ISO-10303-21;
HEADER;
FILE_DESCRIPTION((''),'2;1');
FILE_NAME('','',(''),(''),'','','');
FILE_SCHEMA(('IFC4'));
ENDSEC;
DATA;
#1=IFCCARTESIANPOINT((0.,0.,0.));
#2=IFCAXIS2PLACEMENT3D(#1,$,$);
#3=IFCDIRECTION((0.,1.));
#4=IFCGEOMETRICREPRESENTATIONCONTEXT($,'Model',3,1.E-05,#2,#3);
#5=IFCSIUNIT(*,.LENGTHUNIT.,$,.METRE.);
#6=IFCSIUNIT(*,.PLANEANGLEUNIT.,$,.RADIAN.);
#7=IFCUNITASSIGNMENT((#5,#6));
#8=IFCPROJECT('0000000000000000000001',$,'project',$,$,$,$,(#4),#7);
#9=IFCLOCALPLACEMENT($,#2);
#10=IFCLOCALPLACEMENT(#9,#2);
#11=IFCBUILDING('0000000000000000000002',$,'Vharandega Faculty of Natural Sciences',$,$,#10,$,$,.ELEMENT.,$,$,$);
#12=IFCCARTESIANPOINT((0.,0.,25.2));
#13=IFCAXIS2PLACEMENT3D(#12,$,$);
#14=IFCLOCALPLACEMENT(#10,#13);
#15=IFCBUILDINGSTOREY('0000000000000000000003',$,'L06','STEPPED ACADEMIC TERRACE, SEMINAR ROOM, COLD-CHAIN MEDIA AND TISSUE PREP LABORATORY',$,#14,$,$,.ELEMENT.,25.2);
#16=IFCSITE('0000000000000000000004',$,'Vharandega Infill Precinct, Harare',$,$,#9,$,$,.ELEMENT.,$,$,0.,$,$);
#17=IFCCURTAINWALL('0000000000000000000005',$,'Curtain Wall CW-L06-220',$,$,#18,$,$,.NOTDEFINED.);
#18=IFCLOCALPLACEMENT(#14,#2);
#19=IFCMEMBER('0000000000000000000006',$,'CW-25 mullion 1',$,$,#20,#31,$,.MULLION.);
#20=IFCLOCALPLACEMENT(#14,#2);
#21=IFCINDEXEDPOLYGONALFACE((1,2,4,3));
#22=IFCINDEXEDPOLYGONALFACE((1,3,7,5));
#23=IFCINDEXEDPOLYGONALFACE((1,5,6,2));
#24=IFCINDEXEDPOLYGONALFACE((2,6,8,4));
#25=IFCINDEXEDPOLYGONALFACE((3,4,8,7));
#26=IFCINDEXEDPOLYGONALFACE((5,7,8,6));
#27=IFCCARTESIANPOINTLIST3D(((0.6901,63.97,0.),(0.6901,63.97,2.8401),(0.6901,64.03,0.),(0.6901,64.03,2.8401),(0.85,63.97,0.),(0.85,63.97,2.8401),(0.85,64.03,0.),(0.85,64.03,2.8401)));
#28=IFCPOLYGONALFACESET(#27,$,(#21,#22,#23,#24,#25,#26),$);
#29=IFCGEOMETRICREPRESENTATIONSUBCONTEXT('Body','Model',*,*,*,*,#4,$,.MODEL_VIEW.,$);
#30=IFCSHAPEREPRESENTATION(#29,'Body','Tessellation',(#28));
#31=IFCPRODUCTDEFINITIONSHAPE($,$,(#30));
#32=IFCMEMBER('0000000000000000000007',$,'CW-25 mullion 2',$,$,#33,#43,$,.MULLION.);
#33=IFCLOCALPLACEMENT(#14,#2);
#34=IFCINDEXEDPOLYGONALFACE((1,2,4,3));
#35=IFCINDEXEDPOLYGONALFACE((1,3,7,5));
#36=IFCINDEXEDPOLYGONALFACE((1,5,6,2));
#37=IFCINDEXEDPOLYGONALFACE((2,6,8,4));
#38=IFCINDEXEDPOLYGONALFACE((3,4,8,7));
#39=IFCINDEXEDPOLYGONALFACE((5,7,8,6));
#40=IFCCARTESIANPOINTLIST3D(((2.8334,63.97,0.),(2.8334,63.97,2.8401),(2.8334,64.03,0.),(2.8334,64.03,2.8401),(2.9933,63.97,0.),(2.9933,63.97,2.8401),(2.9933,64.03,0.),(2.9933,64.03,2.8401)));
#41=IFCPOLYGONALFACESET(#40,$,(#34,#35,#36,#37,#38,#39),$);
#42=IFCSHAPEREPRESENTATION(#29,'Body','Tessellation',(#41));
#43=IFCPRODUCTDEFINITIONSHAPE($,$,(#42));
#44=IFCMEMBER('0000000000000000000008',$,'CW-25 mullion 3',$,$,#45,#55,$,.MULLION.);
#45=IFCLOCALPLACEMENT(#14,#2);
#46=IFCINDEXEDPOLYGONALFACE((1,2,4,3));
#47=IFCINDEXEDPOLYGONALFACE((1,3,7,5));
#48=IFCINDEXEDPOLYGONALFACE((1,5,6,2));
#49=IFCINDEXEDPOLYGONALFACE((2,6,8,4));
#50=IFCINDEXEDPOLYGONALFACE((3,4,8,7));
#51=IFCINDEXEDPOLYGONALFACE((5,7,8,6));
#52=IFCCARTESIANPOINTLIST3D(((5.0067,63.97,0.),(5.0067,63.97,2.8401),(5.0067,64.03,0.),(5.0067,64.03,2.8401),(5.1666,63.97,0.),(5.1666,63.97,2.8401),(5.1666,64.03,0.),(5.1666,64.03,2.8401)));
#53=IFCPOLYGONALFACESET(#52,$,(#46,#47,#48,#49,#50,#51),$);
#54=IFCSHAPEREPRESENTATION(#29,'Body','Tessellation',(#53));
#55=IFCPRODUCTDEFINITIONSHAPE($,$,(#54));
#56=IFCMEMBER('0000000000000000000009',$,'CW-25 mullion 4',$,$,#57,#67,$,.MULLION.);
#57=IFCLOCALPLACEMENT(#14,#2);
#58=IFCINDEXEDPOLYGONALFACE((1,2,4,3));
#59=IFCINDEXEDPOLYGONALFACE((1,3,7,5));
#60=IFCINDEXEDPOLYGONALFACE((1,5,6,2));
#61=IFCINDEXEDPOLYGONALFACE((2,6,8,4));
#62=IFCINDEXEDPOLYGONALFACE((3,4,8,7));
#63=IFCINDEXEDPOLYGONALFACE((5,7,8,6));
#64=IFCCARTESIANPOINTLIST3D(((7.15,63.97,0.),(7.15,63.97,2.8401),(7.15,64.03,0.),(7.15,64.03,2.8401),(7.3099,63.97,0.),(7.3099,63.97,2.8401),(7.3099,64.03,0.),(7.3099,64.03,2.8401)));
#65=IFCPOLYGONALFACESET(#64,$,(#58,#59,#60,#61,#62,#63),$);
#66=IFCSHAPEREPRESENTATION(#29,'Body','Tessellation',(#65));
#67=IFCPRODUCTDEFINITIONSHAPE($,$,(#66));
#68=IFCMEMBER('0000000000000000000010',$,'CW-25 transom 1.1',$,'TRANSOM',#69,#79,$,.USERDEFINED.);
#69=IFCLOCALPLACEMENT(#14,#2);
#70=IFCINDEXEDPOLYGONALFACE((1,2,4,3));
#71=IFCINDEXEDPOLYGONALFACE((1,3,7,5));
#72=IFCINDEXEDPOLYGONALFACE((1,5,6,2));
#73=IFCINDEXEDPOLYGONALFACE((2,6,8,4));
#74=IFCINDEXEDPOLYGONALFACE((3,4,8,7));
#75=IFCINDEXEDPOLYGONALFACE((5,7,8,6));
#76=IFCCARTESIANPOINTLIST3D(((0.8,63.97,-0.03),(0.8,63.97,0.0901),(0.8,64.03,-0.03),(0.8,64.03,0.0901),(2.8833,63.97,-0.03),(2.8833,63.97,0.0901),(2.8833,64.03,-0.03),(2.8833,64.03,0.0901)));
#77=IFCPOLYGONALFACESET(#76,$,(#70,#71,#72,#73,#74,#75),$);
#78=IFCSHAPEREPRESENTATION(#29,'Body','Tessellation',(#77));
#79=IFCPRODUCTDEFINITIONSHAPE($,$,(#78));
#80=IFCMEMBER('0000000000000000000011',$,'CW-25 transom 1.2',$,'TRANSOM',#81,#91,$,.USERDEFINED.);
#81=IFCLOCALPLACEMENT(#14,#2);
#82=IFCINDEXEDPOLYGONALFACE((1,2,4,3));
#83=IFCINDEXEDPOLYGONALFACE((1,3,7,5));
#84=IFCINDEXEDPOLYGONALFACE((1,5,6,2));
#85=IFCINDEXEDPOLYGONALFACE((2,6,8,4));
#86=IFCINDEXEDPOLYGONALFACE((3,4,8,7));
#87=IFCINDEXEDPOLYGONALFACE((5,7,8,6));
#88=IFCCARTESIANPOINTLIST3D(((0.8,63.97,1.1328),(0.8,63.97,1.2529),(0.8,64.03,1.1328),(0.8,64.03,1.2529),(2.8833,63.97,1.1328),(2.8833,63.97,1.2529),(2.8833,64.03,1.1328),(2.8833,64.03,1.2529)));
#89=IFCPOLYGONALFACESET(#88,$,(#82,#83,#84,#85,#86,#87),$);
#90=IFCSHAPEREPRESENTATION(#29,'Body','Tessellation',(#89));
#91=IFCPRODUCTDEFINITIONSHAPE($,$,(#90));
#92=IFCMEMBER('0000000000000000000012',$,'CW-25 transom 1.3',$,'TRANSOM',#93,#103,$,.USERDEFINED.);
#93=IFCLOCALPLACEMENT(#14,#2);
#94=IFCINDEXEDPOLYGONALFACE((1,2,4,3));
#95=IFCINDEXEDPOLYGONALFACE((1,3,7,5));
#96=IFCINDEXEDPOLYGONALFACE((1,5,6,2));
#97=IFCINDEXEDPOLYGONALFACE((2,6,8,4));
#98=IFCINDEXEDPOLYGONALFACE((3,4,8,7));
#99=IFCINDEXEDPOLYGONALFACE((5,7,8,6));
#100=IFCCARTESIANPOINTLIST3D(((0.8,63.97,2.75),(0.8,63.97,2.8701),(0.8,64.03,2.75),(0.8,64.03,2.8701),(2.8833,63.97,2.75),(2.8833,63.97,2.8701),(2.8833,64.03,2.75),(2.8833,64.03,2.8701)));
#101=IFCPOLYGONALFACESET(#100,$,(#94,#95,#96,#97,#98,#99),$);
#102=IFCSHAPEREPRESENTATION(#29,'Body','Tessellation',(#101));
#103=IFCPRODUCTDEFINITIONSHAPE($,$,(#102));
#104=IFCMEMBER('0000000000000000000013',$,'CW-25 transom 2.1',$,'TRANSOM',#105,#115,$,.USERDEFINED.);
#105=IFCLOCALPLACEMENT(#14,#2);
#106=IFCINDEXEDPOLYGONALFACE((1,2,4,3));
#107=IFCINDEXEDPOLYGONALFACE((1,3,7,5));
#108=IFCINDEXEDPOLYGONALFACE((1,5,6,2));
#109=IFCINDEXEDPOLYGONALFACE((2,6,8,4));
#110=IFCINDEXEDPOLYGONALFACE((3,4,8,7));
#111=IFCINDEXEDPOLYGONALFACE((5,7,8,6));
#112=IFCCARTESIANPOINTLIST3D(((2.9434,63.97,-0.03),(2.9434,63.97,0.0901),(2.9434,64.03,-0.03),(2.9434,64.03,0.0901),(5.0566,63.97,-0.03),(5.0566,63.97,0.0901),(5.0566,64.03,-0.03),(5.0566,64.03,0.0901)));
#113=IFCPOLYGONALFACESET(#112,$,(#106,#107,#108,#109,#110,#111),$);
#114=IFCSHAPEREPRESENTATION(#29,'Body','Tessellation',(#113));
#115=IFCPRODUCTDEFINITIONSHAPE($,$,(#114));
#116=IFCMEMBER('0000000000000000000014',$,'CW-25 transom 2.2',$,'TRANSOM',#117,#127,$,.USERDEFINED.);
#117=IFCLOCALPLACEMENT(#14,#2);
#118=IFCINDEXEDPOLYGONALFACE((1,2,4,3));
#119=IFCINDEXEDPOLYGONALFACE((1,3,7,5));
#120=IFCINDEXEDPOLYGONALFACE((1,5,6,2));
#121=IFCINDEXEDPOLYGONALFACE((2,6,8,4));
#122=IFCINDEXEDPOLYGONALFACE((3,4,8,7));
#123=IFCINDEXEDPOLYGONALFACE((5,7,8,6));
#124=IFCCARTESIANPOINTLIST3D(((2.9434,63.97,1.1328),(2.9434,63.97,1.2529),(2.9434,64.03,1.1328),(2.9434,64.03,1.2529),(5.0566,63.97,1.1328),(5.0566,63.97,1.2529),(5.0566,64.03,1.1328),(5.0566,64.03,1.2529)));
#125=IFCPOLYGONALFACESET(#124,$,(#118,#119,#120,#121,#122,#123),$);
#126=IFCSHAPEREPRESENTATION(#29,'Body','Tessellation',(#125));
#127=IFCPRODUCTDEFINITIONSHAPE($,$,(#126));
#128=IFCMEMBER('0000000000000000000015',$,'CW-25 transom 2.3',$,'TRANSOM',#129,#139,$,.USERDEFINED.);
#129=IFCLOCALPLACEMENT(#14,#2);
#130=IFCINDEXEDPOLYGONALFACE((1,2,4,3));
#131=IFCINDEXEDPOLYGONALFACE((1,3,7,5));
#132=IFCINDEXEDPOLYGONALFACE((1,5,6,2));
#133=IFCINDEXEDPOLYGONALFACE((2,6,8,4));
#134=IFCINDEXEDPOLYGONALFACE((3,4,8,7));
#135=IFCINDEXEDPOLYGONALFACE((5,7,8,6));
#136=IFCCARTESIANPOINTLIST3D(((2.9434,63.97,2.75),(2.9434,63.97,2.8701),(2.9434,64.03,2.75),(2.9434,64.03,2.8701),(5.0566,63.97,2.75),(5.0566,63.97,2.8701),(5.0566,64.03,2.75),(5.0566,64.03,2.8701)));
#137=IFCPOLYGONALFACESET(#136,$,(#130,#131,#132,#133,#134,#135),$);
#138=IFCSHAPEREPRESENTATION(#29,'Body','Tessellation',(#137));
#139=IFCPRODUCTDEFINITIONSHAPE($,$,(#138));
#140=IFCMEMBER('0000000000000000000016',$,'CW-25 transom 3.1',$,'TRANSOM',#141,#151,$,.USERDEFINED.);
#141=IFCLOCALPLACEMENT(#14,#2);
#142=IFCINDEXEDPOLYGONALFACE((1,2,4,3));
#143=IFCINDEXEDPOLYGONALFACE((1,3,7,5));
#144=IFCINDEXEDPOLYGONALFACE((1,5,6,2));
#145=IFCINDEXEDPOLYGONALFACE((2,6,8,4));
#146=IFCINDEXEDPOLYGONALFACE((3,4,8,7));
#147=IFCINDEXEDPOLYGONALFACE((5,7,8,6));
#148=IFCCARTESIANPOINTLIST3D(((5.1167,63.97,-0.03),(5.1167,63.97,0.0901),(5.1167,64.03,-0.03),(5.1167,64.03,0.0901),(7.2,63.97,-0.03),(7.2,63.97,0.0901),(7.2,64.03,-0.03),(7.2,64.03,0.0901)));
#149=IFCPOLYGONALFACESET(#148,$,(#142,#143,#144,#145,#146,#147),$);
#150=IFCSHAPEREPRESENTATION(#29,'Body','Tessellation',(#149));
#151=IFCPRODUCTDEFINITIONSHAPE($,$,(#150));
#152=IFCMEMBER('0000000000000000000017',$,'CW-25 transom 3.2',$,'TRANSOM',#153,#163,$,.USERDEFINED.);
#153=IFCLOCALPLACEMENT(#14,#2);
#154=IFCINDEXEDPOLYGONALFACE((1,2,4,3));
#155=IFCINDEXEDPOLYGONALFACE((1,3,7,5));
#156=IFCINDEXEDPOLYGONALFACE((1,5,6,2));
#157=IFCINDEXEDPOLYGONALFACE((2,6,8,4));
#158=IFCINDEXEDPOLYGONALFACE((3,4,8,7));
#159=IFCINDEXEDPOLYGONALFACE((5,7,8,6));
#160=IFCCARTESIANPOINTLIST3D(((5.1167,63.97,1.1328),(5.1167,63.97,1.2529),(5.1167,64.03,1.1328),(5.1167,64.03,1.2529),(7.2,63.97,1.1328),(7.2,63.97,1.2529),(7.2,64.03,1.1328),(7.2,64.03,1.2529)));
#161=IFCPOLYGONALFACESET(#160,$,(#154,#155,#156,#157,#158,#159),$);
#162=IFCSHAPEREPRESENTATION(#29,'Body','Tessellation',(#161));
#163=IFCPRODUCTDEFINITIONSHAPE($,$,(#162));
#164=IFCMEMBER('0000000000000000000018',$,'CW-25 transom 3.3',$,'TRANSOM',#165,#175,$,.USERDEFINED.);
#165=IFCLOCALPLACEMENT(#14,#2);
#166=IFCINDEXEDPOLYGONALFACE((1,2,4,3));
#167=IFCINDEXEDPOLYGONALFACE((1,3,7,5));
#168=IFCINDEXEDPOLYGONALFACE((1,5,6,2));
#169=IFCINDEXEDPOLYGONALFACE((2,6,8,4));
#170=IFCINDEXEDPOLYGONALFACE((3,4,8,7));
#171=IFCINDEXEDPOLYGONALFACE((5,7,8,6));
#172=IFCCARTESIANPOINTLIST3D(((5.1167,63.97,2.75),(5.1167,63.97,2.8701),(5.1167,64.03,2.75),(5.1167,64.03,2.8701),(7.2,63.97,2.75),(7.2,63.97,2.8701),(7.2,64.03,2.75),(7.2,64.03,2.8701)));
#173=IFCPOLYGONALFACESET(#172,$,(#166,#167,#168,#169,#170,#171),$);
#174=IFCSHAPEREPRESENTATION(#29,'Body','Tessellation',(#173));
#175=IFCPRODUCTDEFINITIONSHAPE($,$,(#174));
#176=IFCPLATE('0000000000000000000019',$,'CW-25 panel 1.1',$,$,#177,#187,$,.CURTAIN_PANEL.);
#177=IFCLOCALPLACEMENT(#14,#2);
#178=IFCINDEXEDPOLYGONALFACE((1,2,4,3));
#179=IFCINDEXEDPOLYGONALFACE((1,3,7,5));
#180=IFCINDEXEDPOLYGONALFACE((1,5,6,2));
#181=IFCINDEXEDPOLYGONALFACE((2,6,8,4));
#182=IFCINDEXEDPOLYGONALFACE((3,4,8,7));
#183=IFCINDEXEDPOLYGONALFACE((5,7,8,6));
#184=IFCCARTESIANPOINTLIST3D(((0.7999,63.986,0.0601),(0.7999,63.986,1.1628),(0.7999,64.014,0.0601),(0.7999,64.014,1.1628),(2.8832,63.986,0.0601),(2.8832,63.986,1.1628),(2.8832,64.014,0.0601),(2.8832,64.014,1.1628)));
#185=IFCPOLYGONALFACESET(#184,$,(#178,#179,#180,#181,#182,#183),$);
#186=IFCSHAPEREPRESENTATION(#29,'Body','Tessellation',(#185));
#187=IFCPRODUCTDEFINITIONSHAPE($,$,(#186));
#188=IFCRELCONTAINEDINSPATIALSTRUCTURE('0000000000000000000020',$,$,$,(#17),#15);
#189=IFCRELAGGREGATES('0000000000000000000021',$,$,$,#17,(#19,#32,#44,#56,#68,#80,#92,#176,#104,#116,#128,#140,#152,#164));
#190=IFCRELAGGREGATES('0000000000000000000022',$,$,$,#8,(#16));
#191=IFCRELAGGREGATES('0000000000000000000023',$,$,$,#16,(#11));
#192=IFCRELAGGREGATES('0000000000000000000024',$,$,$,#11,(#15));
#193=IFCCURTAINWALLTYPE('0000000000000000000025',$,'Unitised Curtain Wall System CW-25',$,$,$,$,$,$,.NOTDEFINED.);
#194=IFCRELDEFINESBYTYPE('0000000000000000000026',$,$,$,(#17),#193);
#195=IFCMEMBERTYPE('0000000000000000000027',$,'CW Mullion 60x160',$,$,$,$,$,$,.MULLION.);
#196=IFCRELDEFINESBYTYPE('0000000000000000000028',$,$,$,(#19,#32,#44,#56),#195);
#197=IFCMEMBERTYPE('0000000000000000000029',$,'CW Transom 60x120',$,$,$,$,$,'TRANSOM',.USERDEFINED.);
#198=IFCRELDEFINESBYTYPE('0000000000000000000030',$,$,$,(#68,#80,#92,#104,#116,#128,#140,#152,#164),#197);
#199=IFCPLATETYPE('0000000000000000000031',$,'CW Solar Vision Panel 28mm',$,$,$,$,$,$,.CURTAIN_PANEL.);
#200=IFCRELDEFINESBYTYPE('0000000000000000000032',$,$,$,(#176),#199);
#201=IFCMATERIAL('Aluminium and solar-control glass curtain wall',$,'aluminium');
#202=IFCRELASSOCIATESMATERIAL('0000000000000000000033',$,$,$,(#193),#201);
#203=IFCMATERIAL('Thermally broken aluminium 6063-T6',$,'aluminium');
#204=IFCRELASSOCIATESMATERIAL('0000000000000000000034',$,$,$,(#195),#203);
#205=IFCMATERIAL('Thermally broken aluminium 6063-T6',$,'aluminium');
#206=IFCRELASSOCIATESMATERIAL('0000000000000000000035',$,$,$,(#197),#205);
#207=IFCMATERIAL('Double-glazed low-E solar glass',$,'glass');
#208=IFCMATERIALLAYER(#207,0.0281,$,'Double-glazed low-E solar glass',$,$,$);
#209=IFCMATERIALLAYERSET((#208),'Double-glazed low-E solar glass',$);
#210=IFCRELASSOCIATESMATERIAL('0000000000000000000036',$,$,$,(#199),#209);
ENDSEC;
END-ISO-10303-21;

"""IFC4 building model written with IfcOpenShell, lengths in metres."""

from ifc_helpers import new_model, si_unit, direction, frame, origin, origin_2d, place, context, subcontext, project, spatial, rectangle, extrude, material, layer, layer_set, material_profile, profile_set, type_object, element, aggregate, save


model = new_model("IFC4")

# Units and contexts
model_context = context("Model", 3, precision=1e-05, world=origin(), true_north=direction((0.0, 1.0)))
body_context = subcontext(model_context, "Body", "Model", "MODEL_VIEW")
ifc_project = project(units=[si_unit("LENGTHUNIT", "METRE"), si_unit("PLANEANGLEUNIT", "RADIAN")], contexts=[model_context])

# Site, building, storey
site_placement = place(None, origin())
site = spatial("IfcSite", under=ifc_project, at=site_placement, Name="Vharandega Infill Precinct, Harare", CompositionType="ELEMENT", RefElevation=0.0)
building_placement = place(site_placement, origin())
building = spatial("IfcBuilding", under=site, at=building_placement, Name="Vharandega Faculty of Natural Sciences", CompositionType="ELEMENT")
storey_placement = place(building_placement, frame((0.0, 0.0, 25.2)))
storey = spatial("IfcBuildingStorey", under=building, at=storey_placement, Name="L06", Description="STEPPED ACADEMIC TERRACE, SEMINAR ROOM, COLD-CHAIN MEDIA AND TISSUE PREP LABORATORY", CompositionType="ELEMENT", Elevation=25.2)

# Curtain wall, members, plate
ifc_material_1 = material(Name="Aluminium and solar-control glass curtain wall", Category="aluminium")
curtain_wall_type = type_object("IfcCurtainWallType", Name="Unitised Curtain Wall System CW-25", PredefinedType="NOTDEFINED", material=ifc_material_1)
curtain_wall_placement = place(storey_placement, origin())
curtain_wall = element("IfcCurtainWall", 1, at=curtain_wall_placement, inside=storey, type_object=curtain_wall_type, Name="Curtain Wall CW-L06-220", PredefinedType="NOTDEFINED")
ifc_material_2 = material(Name="Thermally broken aluminium 6063-T6", Category="aluminium")
ifc_material_profile_1 = material_profile(ifc_material_2, rectangle(XDim=0.0601, YDim=0.1599, at=origin_2d()), Name="ALU 60x160")
ifc_profile_set_1 = profile_set([ifc_material_profile_1], Name="Thermally broken aluminium 6063-T6")
member_type_1 = type_object("IfcMemberType", Name="CW Mullion 60x160", PredefinedType="MULLION", material=ifc_profile_set_1)
member_1_placement = place(storey_placement, frame((0.77, 64.0, 0.0), z_axis=(0.0, 0.0, 1.0), x_axis=(0.0, 1.0, 0.0)))
member_1 = element("IfcMember", 2, at=member_1_placement, type_object=member_type_1, Name="CW-25 mullion 1", PredefinedType="MULLION", context=body_context, shape_type="SweptSolid", body=[
    extrude(rectangle(XDim=0.0601, YDim=0.1599, at=origin_2d()), origin(), (0.0, 0.0, 1.0), 2.8401),
])
member_2_placement = place(storey_placement, frame((2.9133, 64.0, 0.0), z_axis=(0.0, 0.0, 1.0), x_axis=(0.0, 1.0, 0.0)))
member_2 = element("IfcMember", 3, at=member_2_placement, type_object=member_type_1, Name="CW-25 mullion 2", PredefinedType="MULLION", context=body_context, shape_type="SweptSolid", body=[
    extrude(rectangle(XDim=0.0601, YDim=0.1599, at=origin_2d()), origin(), (0.0, 0.0, 1.0), 2.8401),
])
member_3_placement = place(storey_placement, frame((5.0867, 64.0, 0.0), z_axis=(0.0, 0.0, 1.0), x_axis=(0.0, 1.0, 0.0)))
member_3 = element("IfcMember", 4, at=member_3_placement, type_object=member_type_1, Name="CW-25 mullion 3", PredefinedType="MULLION", context=body_context, shape_type="SweptSolid", body=[
    extrude(rectangle(XDim=0.0601, YDim=0.1599, at=origin_2d()), origin(), (0.0, 0.0, 1.0), 2.8401),
])
member_4_placement = place(storey_placement, frame((7.23, 64.0, 0.0), z_axis=(0.0, 0.0, 1.0), x_axis=(0.0, 1.0, 0.0)))
member_4 = element("IfcMember", 5, at=member_4_placement, type_object=member_type_1, Name="CW-25 mullion 4", PredefinedType="MULLION", context=body_context, shape_type="SweptSolid", body=[
    extrude(rectangle(XDim=0.0601, YDim=0.1599, at=origin_2d()), origin(), (0.0, 0.0, 1.0), 2.8401),
])
ifc_material_3 = material(Name="Thermally broken aluminium 6063-T6", Category="aluminium")
ifc_material_profile_2 = material_profile(ifc_material_3, rectangle(XDim=0.0601, YDim=0.1201, at=origin_2d()), Name="ALU 60x120")
ifc_profile_set_2 = profile_set([ifc_material_profile_2], Name="Thermally broken aluminium 6063-T6")
member_type_2 = type_object("IfcMemberType", Name="CW Transom 60x120", ElementType="TRANSOM", PredefinedType="USERDEFINED", material=ifc_profile_set_2)
member_5_placement = place(storey_placement, frame((0.8, 64.0, 0.03), z_axis=(1.0, 0.0, 0.0), x_axis=(0.0, 1.0, 0.0)))
member_5 = element("IfcMember", 6, at=member_5_placement, type_object=member_type_2, Name="CW-25 transom 1.1", ObjectType="TRANSOM", PredefinedType="USERDEFINED", context=body_context, shape_type="SweptSolid", body=[
    extrude(rectangle(XDim=0.0601, YDim=0.1201, at=origin_2d()), origin(), (0.0, 0.0, 1.0), 2.0833),
])
member_6_placement = place(storey_placement, frame((0.8, 64.0, 1.1929), z_axis=(1.0, 0.0, 0.0), x_axis=(0.0, 1.0, 0.0)))
member_6 = element("IfcMember", 7, at=member_6_placement, type_object=member_type_2, Name="CW-25 transom 1.2", ObjectType="TRANSOM", PredefinedType="USERDEFINED", context=body_context, shape_type="SweptSolid", body=[
    extrude(rectangle(XDim=0.0601, YDim=0.1201, at=origin_2d()), origin(), (0.0, 0.0, 1.0), 2.0833),
])
member_7_placement = place(storey_placement, frame((0.8, 64.0, 2.8101), z_axis=(1.0, 0.0, 0.0), x_axis=(0.0, 1.0, 0.0)))
member_7 = element("IfcMember", 8, at=member_7_placement, type_object=member_type_2, Name="CW-25 transom 1.3", ObjectType="TRANSOM", PredefinedType="USERDEFINED", context=body_context, shape_type="SweptSolid", body=[
    extrude(rectangle(XDim=0.0601, YDim=0.1201, at=origin_2d()), origin(), (0.0, 0.0, 1.0), 2.0833),
])
member_8_placement = place(storey_placement, frame((2.9434, 64.0, 0.03), z_axis=(1.0, 0.0, 0.0), x_axis=(0.0, 1.0, 0.0)))
member_8 = element("IfcMember", 9, at=member_8_placement, type_object=member_type_2, Name="CW-25 transom 2.1", ObjectType="TRANSOM", PredefinedType="USERDEFINED", context=body_context, shape_type="SweptSolid", body=[
    extrude(rectangle(XDim=0.0601, YDim=0.1201, at=origin_2d()), origin(), (0.0, 0.0, 1.0), 2.1133),
])
member_9_placement = place(storey_placement, frame((2.9434, 64.0, 1.1929), z_axis=(1.0, 0.0, 0.0), x_axis=(0.0, 1.0, 0.0)))
member_9 = element("IfcMember", 10, at=member_9_placement, type_object=member_type_2, Name="CW-25 transom 2.2", ObjectType="TRANSOM", PredefinedType="USERDEFINED", context=body_context, shape_type="SweptSolid", body=[
    extrude(rectangle(XDim=0.0601, YDim=0.1201, at=origin_2d()), origin(), (0.0, 0.0, 1.0), 2.1133),
])
member_10_placement = place(storey_placement, frame((2.9434, 64.0, 2.8101), z_axis=(1.0, 0.0, 0.0), x_axis=(0.0, 1.0, 0.0)))
member_10 = element("IfcMember", 11, at=member_10_placement, type_object=member_type_2, Name="CW-25 transom 2.3", ObjectType="TRANSOM", PredefinedType="USERDEFINED", context=body_context, shape_type="SweptSolid", body=[
    extrude(rectangle(XDim=0.0601, YDim=0.1201, at=origin_2d()), origin(), (0.0, 0.0, 1.0), 2.1133),
])
member_11_placement = place(storey_placement, frame((5.1167, 64.0, 0.03), z_axis=(1.0, 0.0, 0.0), x_axis=(0.0, 1.0, 0.0)))
member_11 = element("IfcMember", 12, at=member_11_placement, type_object=member_type_2, Name="CW-25 transom 3.1", ObjectType="TRANSOM", PredefinedType="USERDEFINED", context=body_context, shape_type="SweptSolid", body=[
    extrude(rectangle(XDim=0.0601, YDim=0.1201, at=origin_2d()), origin(), (0.0, 0.0, 1.0), 2.0833),
])
member_12_placement = place(storey_placement, frame((5.1167, 64.0, 1.1929), z_axis=(1.0, 0.0, 0.0), x_axis=(0.0, 1.0, 0.0)))
member_12 = element("IfcMember", 13, at=member_12_placement, type_object=member_type_2, Name="CW-25 transom 3.2", ObjectType="TRANSOM", PredefinedType="USERDEFINED", context=body_context, shape_type="SweptSolid", body=[
    extrude(rectangle(XDim=0.0601, YDim=0.1201, at=origin_2d()), origin(), (0.0, 0.0, 1.0), 2.0833),
])
member_13_placement = place(storey_placement, frame((5.1167, 64.0, 2.8101), z_axis=(1.0, 0.0, 0.0), x_axis=(0.0, 1.0, 0.0)))
member_13 = element("IfcMember", 14, at=member_13_placement, type_object=member_type_2, Name="CW-25 transom 3.3", ObjectType="TRANSOM", PredefinedType="USERDEFINED", context=body_context, shape_type="SweptSolid", body=[
    extrude(rectangle(XDim=0.0601, YDim=0.1201, at=origin_2d()), origin(), (0.0, 0.0, 1.0), 2.0833),
])
ifc_material_4 = material(Name="Double-glazed low-E solar glass", Category="glass")
ifc_layer = layer(ifc_material_4, 0.0281, Name="Double-glazed low-E solar glass")
ifc_layer_set = layer_set([ifc_layer], Name="Double-glazed low-E solar glass")
plate_type = type_object("IfcPlateType", Name="CW Solar Vision Panel 28mm", PredefinedType="CURTAIN_PANEL", material=ifc_layer_set)
plate_1_placement = place(storey_placement, frame((1.8416, 64.0, 0.0601), z_axis=(0.0, 0.0, 1.0), x_axis=(1.0, 0.0, 0.0)))
plate_1 = element("IfcPlate", 15, at=plate_1_placement, type_object=plate_type, Name="CW-25 panel 1.1", PredefinedType="CURTAIN_PANEL", context=body_context, shape_type="SweptSolid", body=[
    extrude(rectangle(XDim=2.0833, YDim=0.0281, at=origin_2d()), origin(), (0.0, 0.0, 1.0), 1.1028),
])
aggregate(curtain_wall, [member_1, member_2, member_3, member_4, member_5, member_6, member_7, plate_1, member_8, member_9, member_10, member_11, member_12, member_13])

save(model, "model.ifc")
